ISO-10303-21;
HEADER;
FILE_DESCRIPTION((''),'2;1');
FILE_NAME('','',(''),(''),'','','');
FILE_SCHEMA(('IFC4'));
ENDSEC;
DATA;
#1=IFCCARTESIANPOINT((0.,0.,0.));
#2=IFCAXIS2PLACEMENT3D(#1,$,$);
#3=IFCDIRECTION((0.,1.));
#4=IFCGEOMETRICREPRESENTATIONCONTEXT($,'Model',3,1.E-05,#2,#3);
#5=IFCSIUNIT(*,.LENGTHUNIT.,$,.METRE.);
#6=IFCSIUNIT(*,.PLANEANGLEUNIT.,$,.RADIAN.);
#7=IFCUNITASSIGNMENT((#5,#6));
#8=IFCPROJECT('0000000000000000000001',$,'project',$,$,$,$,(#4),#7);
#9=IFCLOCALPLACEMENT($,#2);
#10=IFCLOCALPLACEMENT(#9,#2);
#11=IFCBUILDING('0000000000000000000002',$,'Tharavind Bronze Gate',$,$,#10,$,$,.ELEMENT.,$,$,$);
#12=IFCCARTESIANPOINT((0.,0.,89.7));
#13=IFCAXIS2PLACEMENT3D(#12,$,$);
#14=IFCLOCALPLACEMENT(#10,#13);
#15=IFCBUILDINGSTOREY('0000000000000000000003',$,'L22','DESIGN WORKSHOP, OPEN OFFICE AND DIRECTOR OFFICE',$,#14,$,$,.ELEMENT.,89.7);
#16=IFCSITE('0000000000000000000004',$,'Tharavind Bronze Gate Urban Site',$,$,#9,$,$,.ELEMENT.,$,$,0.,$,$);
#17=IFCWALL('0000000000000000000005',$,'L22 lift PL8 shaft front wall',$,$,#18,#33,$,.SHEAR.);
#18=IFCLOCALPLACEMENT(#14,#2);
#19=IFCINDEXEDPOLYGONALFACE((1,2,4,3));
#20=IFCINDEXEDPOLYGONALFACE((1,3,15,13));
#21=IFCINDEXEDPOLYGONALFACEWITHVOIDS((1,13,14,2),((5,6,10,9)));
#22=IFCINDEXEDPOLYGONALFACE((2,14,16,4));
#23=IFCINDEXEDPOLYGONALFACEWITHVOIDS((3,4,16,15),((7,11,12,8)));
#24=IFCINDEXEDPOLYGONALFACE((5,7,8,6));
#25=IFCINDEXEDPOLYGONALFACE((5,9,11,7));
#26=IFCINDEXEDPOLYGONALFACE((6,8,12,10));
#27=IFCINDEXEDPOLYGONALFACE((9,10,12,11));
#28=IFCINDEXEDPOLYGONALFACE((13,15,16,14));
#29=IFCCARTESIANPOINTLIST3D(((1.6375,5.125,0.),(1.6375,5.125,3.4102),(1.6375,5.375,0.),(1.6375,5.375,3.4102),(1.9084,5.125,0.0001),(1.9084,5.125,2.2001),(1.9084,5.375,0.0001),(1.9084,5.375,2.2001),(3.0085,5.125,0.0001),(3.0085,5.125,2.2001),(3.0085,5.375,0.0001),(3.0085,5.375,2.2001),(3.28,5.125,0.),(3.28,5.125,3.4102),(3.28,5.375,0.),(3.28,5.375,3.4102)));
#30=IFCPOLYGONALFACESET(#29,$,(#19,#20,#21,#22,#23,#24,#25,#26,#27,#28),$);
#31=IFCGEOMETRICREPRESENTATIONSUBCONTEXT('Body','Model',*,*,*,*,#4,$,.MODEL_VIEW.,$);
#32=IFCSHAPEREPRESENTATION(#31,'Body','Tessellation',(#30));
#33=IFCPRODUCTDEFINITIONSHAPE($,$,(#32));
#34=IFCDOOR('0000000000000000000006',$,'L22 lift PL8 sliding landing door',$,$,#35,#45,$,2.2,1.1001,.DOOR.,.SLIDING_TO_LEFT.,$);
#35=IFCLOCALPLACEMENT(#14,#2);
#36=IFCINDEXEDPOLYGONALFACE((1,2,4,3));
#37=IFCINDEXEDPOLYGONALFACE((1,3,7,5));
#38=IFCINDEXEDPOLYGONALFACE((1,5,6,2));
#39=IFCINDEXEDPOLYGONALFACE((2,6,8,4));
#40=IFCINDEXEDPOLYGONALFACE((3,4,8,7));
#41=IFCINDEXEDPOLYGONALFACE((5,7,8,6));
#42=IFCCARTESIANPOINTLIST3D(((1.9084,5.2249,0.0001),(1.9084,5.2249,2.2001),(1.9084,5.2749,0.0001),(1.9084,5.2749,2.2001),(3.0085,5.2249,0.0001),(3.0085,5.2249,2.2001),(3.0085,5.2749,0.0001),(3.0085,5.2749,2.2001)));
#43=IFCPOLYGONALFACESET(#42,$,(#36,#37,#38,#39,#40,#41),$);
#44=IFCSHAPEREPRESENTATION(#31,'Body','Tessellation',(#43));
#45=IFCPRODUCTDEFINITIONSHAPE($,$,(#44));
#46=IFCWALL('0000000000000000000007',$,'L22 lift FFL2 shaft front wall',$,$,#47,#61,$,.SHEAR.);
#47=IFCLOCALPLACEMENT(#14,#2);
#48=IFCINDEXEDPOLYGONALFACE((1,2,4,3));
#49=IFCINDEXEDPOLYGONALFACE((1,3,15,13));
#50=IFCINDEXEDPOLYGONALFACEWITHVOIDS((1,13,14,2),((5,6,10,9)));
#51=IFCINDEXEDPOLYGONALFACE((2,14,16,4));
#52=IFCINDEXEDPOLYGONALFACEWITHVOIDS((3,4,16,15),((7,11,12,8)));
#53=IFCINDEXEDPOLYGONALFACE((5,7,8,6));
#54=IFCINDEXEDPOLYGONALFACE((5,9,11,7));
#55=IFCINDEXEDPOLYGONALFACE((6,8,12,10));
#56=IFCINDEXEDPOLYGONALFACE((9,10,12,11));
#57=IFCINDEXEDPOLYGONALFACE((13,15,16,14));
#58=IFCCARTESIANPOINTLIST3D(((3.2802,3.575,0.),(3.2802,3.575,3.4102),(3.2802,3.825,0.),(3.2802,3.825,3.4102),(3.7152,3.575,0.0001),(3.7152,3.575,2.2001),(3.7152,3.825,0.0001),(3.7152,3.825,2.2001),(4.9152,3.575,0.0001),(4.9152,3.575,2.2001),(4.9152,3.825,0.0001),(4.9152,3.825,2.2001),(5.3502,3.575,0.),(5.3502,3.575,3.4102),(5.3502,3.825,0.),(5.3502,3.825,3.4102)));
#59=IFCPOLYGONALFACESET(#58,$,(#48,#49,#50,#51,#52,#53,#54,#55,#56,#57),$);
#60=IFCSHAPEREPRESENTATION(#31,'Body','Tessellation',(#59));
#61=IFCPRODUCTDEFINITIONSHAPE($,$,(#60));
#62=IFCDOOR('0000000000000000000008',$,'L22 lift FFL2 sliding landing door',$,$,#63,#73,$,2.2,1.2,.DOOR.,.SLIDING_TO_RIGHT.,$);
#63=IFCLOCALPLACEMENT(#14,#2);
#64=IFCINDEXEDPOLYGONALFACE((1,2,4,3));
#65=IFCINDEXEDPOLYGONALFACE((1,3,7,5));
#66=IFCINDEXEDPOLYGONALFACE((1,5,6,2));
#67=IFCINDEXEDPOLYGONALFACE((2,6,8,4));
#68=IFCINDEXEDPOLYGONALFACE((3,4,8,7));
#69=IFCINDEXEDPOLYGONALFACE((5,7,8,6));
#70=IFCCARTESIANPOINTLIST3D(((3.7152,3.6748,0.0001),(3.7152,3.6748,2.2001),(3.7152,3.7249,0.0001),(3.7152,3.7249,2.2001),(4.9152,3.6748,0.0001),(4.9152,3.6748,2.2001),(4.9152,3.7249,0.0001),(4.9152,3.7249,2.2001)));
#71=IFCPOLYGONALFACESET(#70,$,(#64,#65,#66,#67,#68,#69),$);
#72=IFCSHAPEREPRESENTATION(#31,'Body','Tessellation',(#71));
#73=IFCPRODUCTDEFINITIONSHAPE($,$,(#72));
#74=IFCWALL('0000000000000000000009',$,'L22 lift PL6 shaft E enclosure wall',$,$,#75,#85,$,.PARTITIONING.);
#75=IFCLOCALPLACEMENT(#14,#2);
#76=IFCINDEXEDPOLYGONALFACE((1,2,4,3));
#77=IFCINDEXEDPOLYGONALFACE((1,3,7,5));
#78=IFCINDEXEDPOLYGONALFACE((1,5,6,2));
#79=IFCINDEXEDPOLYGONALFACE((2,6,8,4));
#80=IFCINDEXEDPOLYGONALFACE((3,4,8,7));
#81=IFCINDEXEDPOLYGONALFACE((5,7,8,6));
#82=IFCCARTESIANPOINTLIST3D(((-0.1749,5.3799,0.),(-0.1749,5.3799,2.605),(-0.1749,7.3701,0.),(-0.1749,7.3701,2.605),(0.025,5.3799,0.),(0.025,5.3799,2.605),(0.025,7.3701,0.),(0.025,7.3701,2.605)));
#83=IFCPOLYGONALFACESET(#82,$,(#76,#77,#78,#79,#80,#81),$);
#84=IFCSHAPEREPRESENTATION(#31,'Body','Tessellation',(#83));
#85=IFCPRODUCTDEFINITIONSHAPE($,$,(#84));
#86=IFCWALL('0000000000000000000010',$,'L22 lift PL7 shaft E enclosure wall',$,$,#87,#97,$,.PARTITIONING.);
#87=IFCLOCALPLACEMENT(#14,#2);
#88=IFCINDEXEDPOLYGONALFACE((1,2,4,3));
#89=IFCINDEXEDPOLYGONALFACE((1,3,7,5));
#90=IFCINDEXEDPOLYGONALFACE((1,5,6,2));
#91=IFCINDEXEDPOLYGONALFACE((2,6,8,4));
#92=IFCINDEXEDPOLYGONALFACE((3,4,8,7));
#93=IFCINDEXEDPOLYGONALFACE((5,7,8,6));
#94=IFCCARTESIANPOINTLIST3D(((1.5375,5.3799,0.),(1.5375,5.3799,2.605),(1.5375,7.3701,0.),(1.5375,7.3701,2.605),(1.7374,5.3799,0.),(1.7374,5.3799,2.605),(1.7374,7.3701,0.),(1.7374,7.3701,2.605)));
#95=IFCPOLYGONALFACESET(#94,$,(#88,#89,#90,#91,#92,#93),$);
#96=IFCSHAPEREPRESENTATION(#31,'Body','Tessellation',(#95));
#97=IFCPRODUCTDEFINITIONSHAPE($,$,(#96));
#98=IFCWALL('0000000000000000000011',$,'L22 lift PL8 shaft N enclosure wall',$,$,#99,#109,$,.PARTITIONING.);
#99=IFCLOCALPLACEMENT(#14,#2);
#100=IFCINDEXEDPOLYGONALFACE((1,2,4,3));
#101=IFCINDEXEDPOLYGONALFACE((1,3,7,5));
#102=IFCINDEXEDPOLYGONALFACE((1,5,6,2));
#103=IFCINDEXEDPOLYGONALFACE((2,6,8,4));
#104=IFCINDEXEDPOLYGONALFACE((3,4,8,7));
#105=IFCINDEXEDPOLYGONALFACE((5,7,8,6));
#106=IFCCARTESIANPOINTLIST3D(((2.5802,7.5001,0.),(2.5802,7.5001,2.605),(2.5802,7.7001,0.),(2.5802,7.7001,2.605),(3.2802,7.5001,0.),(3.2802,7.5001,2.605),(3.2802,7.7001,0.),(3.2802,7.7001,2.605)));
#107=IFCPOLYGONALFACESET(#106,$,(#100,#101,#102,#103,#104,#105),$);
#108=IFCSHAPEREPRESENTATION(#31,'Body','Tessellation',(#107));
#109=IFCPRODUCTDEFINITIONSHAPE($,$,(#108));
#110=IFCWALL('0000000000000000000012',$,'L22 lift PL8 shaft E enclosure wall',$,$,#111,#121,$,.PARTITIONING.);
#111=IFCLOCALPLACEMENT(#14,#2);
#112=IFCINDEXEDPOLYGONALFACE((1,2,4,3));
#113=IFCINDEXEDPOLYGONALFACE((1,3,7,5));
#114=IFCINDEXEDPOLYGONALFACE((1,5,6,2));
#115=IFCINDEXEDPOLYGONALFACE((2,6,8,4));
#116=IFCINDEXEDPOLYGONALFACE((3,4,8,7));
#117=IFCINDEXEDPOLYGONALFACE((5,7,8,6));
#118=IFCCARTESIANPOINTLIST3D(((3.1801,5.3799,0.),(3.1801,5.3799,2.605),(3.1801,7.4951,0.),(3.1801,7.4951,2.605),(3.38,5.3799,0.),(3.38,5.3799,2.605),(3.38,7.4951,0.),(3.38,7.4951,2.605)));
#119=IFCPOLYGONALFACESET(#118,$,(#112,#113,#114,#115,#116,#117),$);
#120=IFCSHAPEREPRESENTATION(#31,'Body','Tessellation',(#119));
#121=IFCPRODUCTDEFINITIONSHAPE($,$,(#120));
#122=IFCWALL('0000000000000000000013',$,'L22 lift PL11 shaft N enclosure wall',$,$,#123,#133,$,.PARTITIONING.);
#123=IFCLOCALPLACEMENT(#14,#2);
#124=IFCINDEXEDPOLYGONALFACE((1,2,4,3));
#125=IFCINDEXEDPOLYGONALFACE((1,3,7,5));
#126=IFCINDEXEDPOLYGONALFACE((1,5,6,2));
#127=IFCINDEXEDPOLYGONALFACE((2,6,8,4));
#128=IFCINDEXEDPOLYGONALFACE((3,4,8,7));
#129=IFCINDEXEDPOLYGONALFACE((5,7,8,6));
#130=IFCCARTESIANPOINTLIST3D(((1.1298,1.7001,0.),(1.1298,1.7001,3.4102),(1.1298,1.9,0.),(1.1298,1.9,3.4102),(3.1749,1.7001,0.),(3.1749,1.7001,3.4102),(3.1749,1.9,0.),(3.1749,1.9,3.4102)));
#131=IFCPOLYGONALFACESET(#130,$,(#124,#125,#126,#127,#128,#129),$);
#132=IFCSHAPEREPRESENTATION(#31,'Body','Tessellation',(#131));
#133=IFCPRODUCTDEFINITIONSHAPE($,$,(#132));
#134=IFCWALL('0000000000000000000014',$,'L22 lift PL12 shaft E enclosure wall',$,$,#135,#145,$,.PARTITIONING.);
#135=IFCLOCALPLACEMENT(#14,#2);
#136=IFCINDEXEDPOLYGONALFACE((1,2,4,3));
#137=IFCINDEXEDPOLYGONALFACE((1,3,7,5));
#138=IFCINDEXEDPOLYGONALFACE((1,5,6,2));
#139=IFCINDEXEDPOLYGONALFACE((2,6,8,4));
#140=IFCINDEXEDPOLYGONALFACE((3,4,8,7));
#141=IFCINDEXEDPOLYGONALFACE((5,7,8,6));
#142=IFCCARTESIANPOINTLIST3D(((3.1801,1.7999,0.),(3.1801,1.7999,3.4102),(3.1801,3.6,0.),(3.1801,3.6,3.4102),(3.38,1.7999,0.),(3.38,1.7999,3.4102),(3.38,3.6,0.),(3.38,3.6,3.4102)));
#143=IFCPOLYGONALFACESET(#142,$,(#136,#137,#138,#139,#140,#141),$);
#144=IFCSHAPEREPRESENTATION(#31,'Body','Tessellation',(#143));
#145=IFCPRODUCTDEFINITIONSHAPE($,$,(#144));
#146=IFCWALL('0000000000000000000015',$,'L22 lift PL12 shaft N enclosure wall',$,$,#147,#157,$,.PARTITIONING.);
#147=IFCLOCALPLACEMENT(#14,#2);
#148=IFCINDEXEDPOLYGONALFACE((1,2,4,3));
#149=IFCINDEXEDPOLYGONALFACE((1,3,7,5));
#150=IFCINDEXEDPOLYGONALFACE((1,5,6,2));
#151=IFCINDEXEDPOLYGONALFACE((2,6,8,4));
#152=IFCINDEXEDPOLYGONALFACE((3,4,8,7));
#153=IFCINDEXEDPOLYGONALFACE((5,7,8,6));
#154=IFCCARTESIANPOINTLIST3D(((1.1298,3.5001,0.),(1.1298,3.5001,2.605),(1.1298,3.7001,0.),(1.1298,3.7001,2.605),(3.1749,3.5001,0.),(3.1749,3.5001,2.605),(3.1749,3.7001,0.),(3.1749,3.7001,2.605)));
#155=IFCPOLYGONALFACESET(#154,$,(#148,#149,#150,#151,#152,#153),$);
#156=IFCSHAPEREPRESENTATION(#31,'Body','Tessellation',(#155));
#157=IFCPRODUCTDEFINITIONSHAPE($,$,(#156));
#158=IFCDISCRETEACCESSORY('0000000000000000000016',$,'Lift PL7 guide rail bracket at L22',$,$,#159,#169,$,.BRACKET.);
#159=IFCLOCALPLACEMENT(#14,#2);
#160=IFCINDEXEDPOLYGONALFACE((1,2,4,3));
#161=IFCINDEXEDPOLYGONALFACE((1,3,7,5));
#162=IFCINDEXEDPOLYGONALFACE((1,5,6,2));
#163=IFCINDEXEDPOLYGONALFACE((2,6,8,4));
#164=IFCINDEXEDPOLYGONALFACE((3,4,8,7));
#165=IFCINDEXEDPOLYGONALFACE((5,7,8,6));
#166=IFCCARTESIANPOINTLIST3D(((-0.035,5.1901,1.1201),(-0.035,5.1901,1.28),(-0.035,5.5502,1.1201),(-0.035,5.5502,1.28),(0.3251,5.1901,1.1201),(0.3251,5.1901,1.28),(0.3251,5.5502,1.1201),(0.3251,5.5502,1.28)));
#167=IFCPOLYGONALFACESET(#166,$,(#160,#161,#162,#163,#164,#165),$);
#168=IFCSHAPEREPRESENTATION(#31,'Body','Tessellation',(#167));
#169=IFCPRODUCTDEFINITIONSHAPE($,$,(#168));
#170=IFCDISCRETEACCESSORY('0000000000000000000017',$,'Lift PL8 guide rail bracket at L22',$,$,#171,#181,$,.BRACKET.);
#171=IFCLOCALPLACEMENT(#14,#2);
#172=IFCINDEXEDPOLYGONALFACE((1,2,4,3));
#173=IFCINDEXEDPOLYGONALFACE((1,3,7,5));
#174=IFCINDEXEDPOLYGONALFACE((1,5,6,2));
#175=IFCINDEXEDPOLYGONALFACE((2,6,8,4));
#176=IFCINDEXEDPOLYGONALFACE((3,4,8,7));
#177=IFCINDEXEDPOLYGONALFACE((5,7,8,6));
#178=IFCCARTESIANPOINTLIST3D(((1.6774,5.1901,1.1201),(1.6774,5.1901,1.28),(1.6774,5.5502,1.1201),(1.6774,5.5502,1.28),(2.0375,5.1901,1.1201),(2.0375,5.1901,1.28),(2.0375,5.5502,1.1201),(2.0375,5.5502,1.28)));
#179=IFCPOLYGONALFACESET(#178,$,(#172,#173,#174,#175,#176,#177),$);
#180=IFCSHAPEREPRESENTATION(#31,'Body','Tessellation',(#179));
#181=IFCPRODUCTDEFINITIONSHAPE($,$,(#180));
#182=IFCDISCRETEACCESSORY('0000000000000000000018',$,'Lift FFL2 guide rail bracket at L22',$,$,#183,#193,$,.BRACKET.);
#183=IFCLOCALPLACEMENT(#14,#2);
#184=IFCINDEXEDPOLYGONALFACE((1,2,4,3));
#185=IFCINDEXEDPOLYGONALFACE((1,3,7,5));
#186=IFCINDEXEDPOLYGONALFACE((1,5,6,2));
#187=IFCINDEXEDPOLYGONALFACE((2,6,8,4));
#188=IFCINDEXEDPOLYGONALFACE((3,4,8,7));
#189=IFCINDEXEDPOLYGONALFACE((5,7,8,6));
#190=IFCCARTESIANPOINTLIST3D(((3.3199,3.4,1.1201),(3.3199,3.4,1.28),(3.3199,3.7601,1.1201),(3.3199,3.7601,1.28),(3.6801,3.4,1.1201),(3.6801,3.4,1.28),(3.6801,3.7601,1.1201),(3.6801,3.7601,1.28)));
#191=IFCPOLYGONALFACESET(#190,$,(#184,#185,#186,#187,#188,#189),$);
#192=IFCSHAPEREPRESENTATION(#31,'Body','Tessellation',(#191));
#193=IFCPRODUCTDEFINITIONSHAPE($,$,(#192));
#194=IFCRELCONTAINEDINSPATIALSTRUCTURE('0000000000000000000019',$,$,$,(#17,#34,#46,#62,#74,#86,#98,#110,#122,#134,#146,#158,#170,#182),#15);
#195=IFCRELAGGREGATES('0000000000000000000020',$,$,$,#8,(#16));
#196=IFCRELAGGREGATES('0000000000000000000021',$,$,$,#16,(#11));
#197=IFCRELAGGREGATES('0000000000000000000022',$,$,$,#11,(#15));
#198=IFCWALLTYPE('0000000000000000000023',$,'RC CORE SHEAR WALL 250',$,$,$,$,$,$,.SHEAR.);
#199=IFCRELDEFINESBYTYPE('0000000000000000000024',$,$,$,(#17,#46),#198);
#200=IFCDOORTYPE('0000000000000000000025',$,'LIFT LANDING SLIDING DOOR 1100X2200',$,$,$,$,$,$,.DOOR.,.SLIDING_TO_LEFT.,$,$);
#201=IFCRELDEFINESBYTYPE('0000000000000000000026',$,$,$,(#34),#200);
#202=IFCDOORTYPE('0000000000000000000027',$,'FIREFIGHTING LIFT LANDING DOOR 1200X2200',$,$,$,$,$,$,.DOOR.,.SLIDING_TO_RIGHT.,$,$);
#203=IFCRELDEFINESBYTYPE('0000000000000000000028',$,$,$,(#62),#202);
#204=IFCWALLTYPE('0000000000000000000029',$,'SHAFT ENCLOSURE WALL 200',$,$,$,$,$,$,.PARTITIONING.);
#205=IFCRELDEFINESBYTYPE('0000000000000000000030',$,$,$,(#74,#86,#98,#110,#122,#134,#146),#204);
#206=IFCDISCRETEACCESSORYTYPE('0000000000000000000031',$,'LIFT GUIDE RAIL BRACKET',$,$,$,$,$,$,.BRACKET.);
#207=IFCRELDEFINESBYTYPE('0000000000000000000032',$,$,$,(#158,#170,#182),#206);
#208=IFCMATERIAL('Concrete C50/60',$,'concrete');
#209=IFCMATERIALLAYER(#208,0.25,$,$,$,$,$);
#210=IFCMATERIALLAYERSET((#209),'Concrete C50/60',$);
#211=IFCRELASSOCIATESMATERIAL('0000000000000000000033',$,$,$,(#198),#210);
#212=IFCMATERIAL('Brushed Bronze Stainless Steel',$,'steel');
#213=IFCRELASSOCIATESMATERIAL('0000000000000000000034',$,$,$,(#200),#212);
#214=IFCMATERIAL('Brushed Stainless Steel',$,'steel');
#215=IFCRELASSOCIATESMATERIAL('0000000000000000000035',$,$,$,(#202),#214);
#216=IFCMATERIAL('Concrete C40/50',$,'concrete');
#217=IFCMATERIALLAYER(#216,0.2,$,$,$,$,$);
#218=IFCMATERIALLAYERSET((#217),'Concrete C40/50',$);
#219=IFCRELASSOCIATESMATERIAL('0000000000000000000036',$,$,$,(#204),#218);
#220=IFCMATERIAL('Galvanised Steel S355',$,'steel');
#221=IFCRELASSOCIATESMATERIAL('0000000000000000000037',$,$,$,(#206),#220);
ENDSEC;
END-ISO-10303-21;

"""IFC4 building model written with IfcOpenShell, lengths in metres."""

from ifc_helpers import new_model, si_unit, direction, frame, frame_2d, origin, origin_2d, place, context, subcontext, project, spatial, rectangle, extrude, material, layer, layer_set, type_object, element, fill, save


model = new_model("IFC4")

# Units and contexts
model_context = context("Model", 3, precision=1e-05, world=origin(), true_north=direction((0.0, 1.0)))
body_context = subcontext(model_context, "Body", "Model", "MODEL_VIEW")
ifc_project = project(units=[si_unit("LENGTHUNIT", "METRE"), si_unit("PLANEANGLEUNIT", "RADIAN")], contexts=[model_context])

# Site, building, storey
site_placement = place(None, origin())
site = spatial("IfcSite", under=ifc_project, at=site_placement, Name="Tharavind Bronze Gate Urban Site", CompositionType="ELEMENT", RefElevation=0.0)
building_placement = place(site_placement, origin())
building = spatial("IfcBuilding", under=site, at=building_placement, Name="Tharavind Bronze Gate", CompositionType="ELEMENT")
storey_placement = place(building_placement, frame((0.0, 0.0, 89.7)))
storey = spatial("IfcBuildingStorey", under=building, at=storey_placement, Name="L22", Description="DESIGN WORKSHOP, OPEN OFFICE AND DIRECTOR OFFICE", CompositionType="ELEMENT", Elevation=89.7)

# Walls, openings, doors
ifc_material_1 = material(Name="Concrete C50/60", Category="concrete")
ifc_layer_1 = layer(ifc_material_1, 0.25)
ifc_layer_set_1 = layer_set([ifc_layer_1], Name="Concrete C50/60")
wall_type_1 = type_object("IfcWallType", Name="RC CORE SHEAR WALL 250", PredefinedType="SHEAR", material=ifc_layer_set_1)
ifc_material_2 = material(Name="Brushed Bronze Stainless Steel", Category="steel")
door_type_1 = type_object("IfcDoorType", Name="LIFT LANDING SLIDING DOOR 1100X2200", OperationType="SLIDING_TO_LEFT", PredefinedType="DOOR", material=ifc_material_2)
wall_1_placement = place(storey_placement, frame((1.6375, 5.25, 0.0), z_axis=(0.0, 0.0, 1.0), x_axis=(1.0, 0.0, 0.0)))
wall_1 = element("IfcWall", 1, at=wall_1_placement, inside=storey, type_object=wall_type_1, Name="L22 lift PL8 shaft front wall", PredefinedType="SHEAR", context=body_context, shape_type="SweptSolid", body=[
    extrude(rectangle(XDim=1.6426, YDim=0.25, at=frame_2d((0.8213, 0.0))), origin(), (0.0, 0.0, 1.0), 3.4102),
])
opening_1_placement = place(wall_1_placement, frame((0.271, 0.0, 0.0)))
opening_1 = element("IfcOpeningElement", 2, at=opening_1_placement, cuts=wall_1, PredefinedType="OPENING", context=body_context, shape_type="SweptSolid", body=[
    extrude(rectangle(XDim=1.1001, YDim=2.2, at=frame_2d((0.55, 1.1001))), frame((0.0, 0.135, 0.0), z_axis=(0.0, -1.0, 0.0), x_axis=(1.0, 0.0, 0.0)), (0.0, 0.0, 1.0), 0.27),
])
door_1_placement = place(opening_1_placement, origin())
door_1 = element("IfcDoor", 3, at=door_1_placement, inside=storey, type_object=door_type_1, Name="L22 lift PL8 sliding landing door", OperationType="SLIDING_TO_LEFT", OverallHeight=2.2, OverallWidth=1.1001, PredefinedType="DOOR", context=body_context, shape_type="SweptSolid", body=[
    extrude(rectangle(XDim=1.1001, YDim=2.2, at=frame_2d((0.55, 1.1001))), frame((0.0, 0.0249, 0.0), z_axis=(0.0, -1.0, 0.0), x_axis=(1.0, 0.0, 0.0)), (0.0, 0.0, 1.0), 0.05),
])
fill(opening_1, door_1)
wall_2_placement = place(storey_placement, frame((3.28, 3.7, 0.0), z_axis=(0.0, 0.0, 1.0), x_axis=(1.0, 0.0, 0.0)))
wall_2 = element("IfcWall", 4, at=wall_2_placement, inside=storey, type_object=wall_type_1, Name="L22 lift FFL2 shaft front wall", PredefinedType="SHEAR", context=body_context, shape_type="SweptSolid", body=[
    extrude(rectangle(XDim=2.0701, YDim=0.25, at=frame_2d((1.0352, 0.0))), origin(), (0.0, 0.0, 1.0), 3.4102),
])
opening_2_placement = place(wall_2_placement, frame((0.4351, 0.0, 0.0)))
opening_2 = element("IfcOpeningElement", 5, at=opening_2_placement, cuts=wall_2, PredefinedType="OPENING", context=body_context, shape_type="SweptSolid", body=[
    extrude(rectangle(XDim=1.2, YDim=2.2, at=frame_2d((0.6001, 1.1001))), frame((0.0, 0.135, 0.0), z_axis=(0.0, -1.0, 0.0), x_axis=(1.0, 0.0, 0.0)), (0.0, 0.0, 1.0), 0.27),
])
ifc_material_3 = material(Name="Brushed Stainless Steel", Category="steel")
door_type_2 = type_object("IfcDoorType", Name="FIREFIGHTING LIFT LANDING DOOR 1200X2200", OperationType="SLIDING_TO_RIGHT", PredefinedType="DOOR", material=ifc_material_3)
door_2_placement = place(opening_2_placement, origin())
door_2 = element("IfcDoor", 6, at=door_2_placement, inside=storey, type_object=door_type_2, Name="L22 lift FFL2 sliding landing door", OperationType="SLIDING_TO_RIGHT", OverallHeight=2.2, OverallWidth=1.2, PredefinedType="DOOR", context=body_context, shape_type="SweptSolid", body=[
    extrude(rectangle(XDim=1.2, YDim=2.2, at=frame_2d((0.6001, 1.1001))), frame((0.0, 0.0249, 0.0), z_axis=(0.0, -1.0, 0.0), x_axis=(1.0, 0.0, 0.0)), (0.0, 0.0, 1.0), 0.05),
])
fill(opening_2, door_2)

# Walls
ifc_material_4 = material(Name="Concrete C40/50", Category="concrete")
ifc_layer_2 = layer(ifc_material_4, 0.2)
ifc_layer_set_2 = layer_set([ifc_layer_2], Name="Concrete C40/50")
wall_type_2 = type_object("IfcWallType", Name="SHAFT ENCLOSURE WALL 200", PredefinedType="PARTITIONING", material=ifc_layer_set_2)
for number, where, z_axis, x_axis, name in (
    (7, (-0.075, 5.3799, 0.0), (0.0, 0.0, 1.0), (0.0, 1.0, 0.0), "L22 lift PL6 shaft E enclosure wall"),
    (8, (1.6375, 5.3799, 0.0), (0.0, 0.0, 1.0), (0.0, 1.0, 0.0), "L22 lift PL7 shaft E enclosure wall"),
):
    element("IfcWall", number, at=place(storey_placement, frame(where, z_axis=z_axis, x_axis=x_axis)), inside=storey, type_object=wall_type_2, Name=name, PredefinedType="PARTITIONING", context=body_context, shape_type="SweptSolid", body=[
        extrude(rectangle(XDim=1.9902, YDim=0.2, at=frame_2d((0.9951, 0.0))), origin(), (0.0, 0.0, 1.0), 2.605),
    ])
wall_3_placement = place(storey_placement, frame((2.5801, 7.6001, 0.0), z_axis=(0.0, 0.0, 1.0), x_axis=(1.0, 0.0, 0.0)))
element("IfcWall", 9, at=wall_3_placement, inside=storey, type_object=wall_type_2, Name="L22 lift PL8 shaft N enclosure wall", PredefinedType="PARTITIONING", context=body_context, shape_type="SweptSolid", body=[
    extrude(rectangle(XDim=0.7, YDim=0.2, at=frame_2d((0.3501, 0.0))), origin(), (0.0, 0.0, 1.0), 2.605),
])
wall_4_placement = place(storey_placement, frame((3.28, 5.3799, 0.0), z_axis=(0.0, 0.0, 1.0), x_axis=(0.0, 1.0, 0.0)))
element("IfcWall", 10, at=wall_4_placement, inside=storey, type_object=wall_type_2, Name="L22 lift PL8 shaft E enclosure wall", PredefinedType="PARTITIONING", context=body_context, shape_type="SweptSolid", body=[
    extrude(rectangle(XDim=2.1152, YDim=0.2, at=frame_2d((1.0576, 0.0))), origin(), (0.0, 0.0, 1.0), 2.605),
])
wall_5_placement = place(storey_placement, frame((1.1299, 1.8, 0.0), z_axis=(0.0, 0.0, 1.0), x_axis=(1.0, 0.0, 0.0)))
element("IfcWall", 11, at=wall_5_placement, inside=storey, type_object=wall_type_2, Name="L22 lift PL11 shaft N enclosure wall", PredefinedType="PARTITIONING", context=body_context, shape_type="SweptSolid", body=[
    extrude(rectangle(XDim=2.0452, YDim=0.2, at=frame_2d((1.0225, 0.0))), origin(), (0.0, 0.0, 1.0), 3.4102),
])
wall_6_placement = place(storey_placement, frame((3.28, 1.8, 0.0), z_axis=(0.0, 0.0, 1.0), x_axis=(0.0, 1.0, 0.0)))
element("IfcWall", 12, at=wall_6_placement, inside=storey, type_object=wall_type_2, Name="L22 lift PL12 shaft E enclosure wall", PredefinedType="PARTITIONING", context=body_context, shape_type="SweptSolid", body=[
    extrude(rectangle(XDim=1.8, YDim=0.2, at=frame_2d((0.8999, 0.0))), origin(), (0.0, 0.0, 1.0), 3.4102),
])
wall_7_placement = place(storey_placement, frame((1.1299, 3.6001, 0.0), z_axis=(0.0, 0.0, 1.0), x_axis=(1.0, 0.0, 0.0)))
element("IfcWall", 13, at=wall_7_placement, inside=storey, type_object=wall_type_2, Name="L22 lift PL12 shaft N enclosure wall", PredefinedType="PARTITIONING", context=body_context, shape_type="SweptSolid", body=[
    extrude(rectangle(XDim=2.0452, YDim=0.2, at=frame_2d((1.0225, 0.0))), origin(), (0.0, 0.0, 1.0), 2.605),
])

# Discrete accessories
ifc_material_5 = material(Name="Galvanised Steel S355", Category="steel")
discrete_accessory_type_1 = type_object("IfcDiscreteAccessoryType", Name="LIFT GUIDE RAIL BRACKET", PredefinedType="BRACKET", material=ifc_material_5)
for number, where, z_axis, x_axis, name in (
    (14, (0.145, 5.3701, 1.1201), (0.0, 0.0, 1.0), (1.0, 0.0, 0.0), "Lift PL7 guide rail bracket at L22"),
    (15, (1.8574, 5.3701, 1.1201), (0.0, 0.0, 1.0), (1.0, 0.0, 0.0), "Lift PL8 guide rail bracket at L22"),
    (16, (3.5, 3.5801, 1.1201), (0.0, 0.0, 1.0), (1.0, 0.0, 0.0), "Lift FFL2 guide rail bracket at L22"),
):
    element("IfcDiscreteAccessory", number, at=place(storey_placement, frame(where, z_axis=z_axis, x_axis=x_axis)), inside=storey, type_object=discrete_accessory_type_1, Name=name, PredefinedType="BRACKET", context=body_context, shape_type="SweptSolid", body=[
        extrude(rectangle(XDim=0.3601, YDim=0.3601, at=origin_2d()), origin(), (0.0, 0.0, 1.0), 0.1599),
    ])

save(model, "model.ifc")
